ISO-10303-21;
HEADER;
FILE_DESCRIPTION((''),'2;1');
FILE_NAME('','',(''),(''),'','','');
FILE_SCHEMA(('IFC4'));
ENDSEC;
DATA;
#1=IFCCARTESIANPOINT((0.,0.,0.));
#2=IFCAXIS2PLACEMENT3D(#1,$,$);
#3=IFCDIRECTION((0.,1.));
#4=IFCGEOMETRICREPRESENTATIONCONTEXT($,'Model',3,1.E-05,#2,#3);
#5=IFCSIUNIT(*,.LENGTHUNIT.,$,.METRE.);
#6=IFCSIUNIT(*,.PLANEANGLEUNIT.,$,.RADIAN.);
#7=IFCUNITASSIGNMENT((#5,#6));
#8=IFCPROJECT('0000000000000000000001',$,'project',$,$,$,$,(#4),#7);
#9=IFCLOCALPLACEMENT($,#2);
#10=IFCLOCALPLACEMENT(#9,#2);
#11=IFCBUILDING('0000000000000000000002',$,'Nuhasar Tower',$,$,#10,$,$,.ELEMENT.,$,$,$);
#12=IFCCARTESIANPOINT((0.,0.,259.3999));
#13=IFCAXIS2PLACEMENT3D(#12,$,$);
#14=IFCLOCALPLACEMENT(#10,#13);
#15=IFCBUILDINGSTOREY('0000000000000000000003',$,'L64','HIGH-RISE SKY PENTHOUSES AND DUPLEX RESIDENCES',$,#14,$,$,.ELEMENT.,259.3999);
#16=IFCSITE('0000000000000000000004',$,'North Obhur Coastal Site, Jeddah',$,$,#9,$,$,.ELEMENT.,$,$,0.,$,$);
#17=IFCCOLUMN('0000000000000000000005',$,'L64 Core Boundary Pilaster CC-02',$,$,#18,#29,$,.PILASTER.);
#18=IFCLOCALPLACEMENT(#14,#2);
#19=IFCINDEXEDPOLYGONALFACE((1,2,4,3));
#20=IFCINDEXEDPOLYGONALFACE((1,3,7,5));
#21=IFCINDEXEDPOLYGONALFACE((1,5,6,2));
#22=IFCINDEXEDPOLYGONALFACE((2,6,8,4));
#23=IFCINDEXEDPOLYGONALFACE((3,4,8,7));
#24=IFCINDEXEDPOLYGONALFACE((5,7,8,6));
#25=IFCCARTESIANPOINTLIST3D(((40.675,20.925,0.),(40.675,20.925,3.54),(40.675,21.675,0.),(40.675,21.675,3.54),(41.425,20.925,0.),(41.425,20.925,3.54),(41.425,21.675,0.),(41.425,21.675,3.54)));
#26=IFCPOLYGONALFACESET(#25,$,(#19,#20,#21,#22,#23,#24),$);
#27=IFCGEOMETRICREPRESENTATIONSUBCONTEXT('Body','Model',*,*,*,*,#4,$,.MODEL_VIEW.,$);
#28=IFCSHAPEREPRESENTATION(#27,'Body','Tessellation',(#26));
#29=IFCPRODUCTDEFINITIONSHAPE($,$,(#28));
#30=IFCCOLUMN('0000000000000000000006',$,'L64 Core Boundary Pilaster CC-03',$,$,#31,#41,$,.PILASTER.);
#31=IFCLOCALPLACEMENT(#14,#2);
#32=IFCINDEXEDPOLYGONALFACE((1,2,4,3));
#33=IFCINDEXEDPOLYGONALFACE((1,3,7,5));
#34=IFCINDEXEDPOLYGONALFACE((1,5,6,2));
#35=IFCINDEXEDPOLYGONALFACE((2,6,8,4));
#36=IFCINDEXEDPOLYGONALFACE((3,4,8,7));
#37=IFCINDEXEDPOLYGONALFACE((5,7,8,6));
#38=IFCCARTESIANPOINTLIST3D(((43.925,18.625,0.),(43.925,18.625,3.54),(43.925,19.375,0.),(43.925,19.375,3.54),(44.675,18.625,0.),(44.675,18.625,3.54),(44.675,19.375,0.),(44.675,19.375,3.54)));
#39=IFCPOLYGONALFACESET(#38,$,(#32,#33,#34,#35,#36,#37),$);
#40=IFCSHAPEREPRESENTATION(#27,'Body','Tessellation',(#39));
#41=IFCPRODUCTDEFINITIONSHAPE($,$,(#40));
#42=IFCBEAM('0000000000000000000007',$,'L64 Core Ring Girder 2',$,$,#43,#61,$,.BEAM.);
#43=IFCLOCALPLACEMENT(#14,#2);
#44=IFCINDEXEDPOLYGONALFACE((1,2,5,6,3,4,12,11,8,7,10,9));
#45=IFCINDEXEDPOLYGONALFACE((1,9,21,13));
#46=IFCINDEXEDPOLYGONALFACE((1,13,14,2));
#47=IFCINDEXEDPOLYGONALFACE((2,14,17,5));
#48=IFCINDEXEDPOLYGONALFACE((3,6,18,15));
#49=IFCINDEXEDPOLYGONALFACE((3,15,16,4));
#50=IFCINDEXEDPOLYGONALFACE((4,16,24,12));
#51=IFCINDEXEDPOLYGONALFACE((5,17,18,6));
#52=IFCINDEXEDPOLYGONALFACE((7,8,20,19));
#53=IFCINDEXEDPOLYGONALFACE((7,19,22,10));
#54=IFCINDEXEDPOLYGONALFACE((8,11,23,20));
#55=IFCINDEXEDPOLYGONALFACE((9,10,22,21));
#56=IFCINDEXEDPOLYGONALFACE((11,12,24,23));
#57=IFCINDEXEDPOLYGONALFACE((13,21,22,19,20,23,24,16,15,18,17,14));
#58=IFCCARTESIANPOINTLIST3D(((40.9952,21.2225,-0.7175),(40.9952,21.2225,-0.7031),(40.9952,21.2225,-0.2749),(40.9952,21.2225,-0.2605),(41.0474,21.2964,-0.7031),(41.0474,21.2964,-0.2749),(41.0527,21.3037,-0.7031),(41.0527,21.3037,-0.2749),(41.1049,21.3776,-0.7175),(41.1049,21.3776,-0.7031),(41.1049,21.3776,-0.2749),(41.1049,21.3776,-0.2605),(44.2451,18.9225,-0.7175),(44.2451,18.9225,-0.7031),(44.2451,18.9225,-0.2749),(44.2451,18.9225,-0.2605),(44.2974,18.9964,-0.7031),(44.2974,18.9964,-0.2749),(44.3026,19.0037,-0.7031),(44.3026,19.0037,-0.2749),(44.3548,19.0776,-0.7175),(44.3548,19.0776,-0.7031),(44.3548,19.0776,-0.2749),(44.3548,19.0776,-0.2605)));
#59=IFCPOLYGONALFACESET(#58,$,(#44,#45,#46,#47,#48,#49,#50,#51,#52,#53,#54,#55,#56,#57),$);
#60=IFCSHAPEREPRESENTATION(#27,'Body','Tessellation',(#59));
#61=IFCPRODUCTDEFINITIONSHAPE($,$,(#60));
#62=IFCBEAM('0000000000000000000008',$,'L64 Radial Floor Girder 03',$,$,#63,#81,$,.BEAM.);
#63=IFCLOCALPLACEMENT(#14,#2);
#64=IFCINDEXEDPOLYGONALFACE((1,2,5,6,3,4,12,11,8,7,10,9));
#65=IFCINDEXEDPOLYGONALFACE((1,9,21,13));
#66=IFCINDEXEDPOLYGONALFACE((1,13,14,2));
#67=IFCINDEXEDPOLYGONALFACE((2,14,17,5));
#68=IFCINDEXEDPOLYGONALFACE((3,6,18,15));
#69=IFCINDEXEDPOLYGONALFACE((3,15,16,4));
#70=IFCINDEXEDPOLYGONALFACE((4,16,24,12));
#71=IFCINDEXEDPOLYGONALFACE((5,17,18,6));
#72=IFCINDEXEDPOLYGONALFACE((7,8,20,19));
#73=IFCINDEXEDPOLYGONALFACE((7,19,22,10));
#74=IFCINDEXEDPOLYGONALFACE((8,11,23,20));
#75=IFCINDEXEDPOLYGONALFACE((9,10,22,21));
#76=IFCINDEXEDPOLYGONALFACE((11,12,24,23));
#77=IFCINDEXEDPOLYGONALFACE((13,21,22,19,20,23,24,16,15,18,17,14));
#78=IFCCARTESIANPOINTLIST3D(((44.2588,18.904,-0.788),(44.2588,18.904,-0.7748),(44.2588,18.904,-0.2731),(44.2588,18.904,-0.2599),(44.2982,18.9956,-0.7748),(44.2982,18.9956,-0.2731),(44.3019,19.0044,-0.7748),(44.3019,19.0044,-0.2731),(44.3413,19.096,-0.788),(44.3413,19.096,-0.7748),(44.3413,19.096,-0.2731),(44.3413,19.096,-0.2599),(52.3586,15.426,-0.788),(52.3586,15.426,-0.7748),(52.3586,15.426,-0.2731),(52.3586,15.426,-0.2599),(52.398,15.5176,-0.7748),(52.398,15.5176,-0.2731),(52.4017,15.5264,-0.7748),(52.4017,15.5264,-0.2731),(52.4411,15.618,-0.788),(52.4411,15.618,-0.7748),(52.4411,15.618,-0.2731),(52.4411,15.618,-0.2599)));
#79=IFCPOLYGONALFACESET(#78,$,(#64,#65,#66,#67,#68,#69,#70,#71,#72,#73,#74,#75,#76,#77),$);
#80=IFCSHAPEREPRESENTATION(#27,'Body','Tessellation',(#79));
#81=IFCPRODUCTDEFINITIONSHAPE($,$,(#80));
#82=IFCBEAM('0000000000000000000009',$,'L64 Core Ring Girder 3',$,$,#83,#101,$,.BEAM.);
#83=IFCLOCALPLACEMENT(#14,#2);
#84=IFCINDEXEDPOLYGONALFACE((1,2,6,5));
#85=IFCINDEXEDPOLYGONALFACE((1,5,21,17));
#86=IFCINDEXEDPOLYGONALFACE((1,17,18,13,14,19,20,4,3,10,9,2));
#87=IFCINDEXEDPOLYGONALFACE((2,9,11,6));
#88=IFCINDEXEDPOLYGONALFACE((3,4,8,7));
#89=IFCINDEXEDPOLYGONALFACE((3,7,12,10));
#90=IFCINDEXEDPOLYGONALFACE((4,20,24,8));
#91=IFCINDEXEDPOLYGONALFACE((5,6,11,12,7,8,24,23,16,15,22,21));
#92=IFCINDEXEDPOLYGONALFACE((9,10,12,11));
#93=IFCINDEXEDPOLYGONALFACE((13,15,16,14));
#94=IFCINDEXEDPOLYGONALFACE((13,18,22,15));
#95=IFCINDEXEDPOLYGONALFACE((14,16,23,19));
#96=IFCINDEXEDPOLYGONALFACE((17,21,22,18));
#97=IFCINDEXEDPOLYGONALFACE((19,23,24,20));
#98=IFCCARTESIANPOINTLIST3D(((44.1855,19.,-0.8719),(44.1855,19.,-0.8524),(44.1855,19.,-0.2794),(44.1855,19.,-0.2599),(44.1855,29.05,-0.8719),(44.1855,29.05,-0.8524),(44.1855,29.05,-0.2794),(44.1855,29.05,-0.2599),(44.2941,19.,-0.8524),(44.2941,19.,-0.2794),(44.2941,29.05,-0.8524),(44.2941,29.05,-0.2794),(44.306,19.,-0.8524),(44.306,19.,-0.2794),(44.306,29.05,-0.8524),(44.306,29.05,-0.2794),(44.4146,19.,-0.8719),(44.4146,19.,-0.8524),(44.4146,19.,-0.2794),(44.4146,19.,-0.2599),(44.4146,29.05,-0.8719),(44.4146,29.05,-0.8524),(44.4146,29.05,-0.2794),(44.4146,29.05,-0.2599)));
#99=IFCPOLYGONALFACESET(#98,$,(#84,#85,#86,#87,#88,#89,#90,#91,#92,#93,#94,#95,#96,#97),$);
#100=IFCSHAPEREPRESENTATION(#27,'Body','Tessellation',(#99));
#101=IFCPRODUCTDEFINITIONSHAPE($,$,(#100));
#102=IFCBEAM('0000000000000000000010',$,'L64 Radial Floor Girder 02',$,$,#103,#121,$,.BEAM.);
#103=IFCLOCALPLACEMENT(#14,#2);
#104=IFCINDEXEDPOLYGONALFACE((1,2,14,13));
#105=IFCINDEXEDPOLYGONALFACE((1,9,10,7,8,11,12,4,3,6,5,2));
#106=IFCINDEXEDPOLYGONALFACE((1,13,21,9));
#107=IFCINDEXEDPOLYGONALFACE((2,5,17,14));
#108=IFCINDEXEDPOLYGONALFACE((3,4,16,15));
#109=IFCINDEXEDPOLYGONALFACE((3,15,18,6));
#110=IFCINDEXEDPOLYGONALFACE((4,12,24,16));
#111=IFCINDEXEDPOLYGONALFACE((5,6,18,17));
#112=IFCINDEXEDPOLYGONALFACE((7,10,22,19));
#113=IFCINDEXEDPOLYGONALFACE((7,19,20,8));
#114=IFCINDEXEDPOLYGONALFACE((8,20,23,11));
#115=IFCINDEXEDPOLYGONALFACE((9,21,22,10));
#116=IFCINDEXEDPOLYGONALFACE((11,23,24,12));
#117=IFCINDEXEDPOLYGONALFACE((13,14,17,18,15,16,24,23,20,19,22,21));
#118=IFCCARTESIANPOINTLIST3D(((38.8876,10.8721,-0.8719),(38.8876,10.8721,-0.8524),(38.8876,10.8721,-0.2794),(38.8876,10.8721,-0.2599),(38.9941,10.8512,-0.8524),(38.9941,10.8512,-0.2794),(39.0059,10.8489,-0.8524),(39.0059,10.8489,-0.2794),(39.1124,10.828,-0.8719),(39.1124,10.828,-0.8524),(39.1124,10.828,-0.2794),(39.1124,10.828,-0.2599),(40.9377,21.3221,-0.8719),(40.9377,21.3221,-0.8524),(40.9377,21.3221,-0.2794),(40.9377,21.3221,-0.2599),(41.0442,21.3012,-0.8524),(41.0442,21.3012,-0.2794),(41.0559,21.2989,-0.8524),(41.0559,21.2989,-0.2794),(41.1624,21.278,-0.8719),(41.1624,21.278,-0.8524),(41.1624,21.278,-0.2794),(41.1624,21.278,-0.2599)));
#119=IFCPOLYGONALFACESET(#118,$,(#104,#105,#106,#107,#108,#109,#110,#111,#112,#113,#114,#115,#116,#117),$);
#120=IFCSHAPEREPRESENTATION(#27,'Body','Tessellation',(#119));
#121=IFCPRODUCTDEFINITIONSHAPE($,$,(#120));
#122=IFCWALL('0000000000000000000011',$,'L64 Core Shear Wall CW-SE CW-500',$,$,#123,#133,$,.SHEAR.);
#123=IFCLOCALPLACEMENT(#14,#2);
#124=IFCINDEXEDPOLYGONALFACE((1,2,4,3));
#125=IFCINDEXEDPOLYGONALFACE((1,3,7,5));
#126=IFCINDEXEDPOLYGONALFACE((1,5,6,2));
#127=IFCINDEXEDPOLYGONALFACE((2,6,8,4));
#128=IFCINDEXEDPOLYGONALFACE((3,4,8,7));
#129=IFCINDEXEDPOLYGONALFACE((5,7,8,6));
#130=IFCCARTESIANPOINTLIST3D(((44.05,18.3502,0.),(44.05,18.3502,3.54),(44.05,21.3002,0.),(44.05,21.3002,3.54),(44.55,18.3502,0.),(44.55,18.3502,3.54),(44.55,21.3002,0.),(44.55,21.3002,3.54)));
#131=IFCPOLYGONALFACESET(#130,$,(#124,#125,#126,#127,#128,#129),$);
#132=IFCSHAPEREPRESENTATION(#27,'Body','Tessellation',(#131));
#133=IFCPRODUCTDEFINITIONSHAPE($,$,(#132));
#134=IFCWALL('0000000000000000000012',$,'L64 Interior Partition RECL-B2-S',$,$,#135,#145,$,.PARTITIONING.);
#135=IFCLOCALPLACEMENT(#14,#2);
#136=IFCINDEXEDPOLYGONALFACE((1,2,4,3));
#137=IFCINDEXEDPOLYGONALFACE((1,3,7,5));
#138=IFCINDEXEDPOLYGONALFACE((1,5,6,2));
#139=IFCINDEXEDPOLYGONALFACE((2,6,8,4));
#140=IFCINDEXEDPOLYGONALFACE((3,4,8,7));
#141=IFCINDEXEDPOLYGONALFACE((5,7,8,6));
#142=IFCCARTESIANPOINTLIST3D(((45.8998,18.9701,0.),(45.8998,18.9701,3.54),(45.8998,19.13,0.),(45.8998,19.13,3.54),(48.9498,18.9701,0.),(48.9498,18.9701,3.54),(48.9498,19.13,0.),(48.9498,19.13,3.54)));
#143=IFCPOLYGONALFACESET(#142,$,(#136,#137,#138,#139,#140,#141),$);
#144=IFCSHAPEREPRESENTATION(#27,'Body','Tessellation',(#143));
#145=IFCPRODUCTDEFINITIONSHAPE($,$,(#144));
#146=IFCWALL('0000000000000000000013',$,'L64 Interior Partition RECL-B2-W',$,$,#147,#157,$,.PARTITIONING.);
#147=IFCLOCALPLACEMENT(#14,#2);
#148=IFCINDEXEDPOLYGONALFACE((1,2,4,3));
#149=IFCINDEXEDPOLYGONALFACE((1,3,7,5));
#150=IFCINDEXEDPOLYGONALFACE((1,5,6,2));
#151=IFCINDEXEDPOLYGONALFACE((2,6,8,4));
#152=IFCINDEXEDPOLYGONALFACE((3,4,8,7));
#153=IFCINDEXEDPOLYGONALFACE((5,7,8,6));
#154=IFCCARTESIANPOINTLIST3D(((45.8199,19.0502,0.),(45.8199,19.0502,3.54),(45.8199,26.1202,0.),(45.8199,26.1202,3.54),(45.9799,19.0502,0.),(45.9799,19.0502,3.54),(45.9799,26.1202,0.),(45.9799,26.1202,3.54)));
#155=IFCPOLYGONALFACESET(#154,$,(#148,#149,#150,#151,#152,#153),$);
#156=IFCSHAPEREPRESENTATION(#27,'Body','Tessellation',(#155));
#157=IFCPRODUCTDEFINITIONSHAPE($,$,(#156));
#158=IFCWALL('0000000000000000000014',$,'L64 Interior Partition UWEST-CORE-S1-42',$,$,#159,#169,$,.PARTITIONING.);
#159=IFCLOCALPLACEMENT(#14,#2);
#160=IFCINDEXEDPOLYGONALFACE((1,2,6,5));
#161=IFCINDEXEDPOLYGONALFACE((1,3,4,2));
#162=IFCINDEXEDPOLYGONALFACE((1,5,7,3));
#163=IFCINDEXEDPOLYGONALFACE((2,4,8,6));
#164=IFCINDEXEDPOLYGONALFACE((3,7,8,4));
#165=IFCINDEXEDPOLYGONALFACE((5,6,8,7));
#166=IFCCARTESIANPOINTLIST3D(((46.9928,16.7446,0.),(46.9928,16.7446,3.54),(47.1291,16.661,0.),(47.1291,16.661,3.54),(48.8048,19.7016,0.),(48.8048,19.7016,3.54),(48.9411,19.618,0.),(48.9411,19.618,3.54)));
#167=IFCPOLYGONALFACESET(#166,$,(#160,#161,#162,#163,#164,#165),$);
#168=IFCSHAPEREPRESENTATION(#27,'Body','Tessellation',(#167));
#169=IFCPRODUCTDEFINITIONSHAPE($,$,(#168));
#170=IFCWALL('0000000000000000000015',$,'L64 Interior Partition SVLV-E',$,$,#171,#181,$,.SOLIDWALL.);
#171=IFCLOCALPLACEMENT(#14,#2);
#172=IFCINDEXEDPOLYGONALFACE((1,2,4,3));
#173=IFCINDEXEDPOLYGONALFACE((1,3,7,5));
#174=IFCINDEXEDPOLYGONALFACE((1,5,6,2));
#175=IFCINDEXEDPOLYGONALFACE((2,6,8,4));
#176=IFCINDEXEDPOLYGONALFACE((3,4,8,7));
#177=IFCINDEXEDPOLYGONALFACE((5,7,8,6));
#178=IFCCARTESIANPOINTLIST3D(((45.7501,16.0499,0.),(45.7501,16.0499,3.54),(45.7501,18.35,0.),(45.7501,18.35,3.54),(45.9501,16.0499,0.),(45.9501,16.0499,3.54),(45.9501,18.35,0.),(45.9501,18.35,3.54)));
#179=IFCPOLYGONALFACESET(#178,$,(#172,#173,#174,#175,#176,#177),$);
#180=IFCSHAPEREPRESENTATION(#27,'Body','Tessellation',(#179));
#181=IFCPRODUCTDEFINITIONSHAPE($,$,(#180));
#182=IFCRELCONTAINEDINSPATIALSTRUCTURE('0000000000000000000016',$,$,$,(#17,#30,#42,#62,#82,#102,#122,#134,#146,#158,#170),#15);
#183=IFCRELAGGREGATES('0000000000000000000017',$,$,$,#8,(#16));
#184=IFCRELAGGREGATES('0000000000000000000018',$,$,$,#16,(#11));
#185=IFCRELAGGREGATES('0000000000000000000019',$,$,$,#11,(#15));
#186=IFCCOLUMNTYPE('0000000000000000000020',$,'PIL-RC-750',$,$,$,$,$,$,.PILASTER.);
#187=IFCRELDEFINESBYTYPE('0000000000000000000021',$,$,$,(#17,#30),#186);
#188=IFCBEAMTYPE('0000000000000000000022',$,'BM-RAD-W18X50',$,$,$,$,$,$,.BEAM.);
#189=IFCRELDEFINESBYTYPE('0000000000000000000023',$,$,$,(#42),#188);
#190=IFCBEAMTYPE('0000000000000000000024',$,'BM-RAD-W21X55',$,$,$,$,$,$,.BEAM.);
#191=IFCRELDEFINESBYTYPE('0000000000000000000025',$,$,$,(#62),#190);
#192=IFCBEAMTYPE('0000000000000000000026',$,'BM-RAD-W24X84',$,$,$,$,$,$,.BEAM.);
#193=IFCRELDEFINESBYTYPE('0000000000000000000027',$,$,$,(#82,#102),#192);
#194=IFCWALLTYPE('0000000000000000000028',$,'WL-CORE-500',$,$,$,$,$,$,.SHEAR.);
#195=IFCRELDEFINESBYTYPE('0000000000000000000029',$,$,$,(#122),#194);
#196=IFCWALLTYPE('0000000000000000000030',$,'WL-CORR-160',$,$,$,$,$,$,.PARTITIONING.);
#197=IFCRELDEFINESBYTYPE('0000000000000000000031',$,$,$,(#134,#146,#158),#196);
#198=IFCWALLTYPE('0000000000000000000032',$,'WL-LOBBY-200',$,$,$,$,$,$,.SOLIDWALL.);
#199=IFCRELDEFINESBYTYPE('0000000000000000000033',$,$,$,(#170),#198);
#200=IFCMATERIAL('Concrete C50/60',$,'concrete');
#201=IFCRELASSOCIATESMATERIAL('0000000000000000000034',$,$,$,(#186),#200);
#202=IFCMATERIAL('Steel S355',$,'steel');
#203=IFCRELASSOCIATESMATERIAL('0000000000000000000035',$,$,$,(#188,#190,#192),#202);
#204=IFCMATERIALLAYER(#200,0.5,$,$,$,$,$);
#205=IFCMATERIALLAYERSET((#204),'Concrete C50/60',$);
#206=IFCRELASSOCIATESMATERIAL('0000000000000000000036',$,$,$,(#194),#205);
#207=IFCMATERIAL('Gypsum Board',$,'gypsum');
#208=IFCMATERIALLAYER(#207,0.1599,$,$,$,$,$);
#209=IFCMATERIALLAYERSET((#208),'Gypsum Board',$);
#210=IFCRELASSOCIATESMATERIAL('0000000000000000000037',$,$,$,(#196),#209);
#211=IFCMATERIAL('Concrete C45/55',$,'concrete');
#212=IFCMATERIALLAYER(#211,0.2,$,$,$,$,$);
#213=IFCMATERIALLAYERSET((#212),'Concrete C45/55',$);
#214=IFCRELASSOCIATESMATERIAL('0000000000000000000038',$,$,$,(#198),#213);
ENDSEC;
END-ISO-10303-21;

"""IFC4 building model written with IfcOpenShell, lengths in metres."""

from ifc_helpers import new_model, si_unit, direction, frame, frame_2d, origin, origin_2d, place, context, subcontext, project, spatial, rectangle, i_section, extrude, material, layer, layer_set, material_profile, profile_set, type_object, element, save


model = new_model("IFC4")

# Units and contexts
model_context = context("Model", 3, precision=1e-05, world=origin(), true_north=direction((0.0, 1.0)))
body_context = subcontext(model_context, "Body", "Model", "MODEL_VIEW")
ifc_project = project(units=[si_unit("LENGTHUNIT", "METRE"), si_unit("PLANEANGLEUNIT", "RADIAN")], contexts=[model_context])

# Site, building, storey
site_placement = place(None, origin())
site = spatial("IfcSite", under=ifc_project, at=site_placement, Name="North Obhur Coastal Site, Jeddah", CompositionType="ELEMENT", RefElevation=0.0)
building_placement = place(site_placement, origin())
building = spatial("IfcBuilding", under=site, at=building_placement, Name="Nuhasar Tower", CompositionType="ELEMENT")
storey_placement = place(building_placement, frame((0.0, 0.0, 259.3999)))
storey = spatial("IfcBuildingStorey", under=building, at=storey_placement, Name="L64", Description="HIGH-RISE SKY PENTHOUSES AND DUPLEX RESIDENCES", CompositionType="ELEMENT", Elevation=259.3999)

# Columns
ifc_material_1 = material(Name="Concrete C50/60", Category="concrete")
ifc_material_profile_1 = material_profile(ifc_material_1, rectangle(XDim=0.75, YDim=0.75, at=origin_2d()), Name="RC750X750")
ifc_profile_set_1 = profile_set([ifc_material_profile_1], Name="Concrete C50/60")
column_type = type_object("IfcColumnType", Name="PIL-RC-750", PredefinedType="PILASTER", material=ifc_profile_set_1)
for number, where, z_axis, x_axis, name in (
    (1, (41.05, 21.3, 0.0), (0.0, 0.0, 1.0), (1.0, 0.0, 0.0), "L64 Core Boundary Pilaster CC-02"),
    (2, (44.3, 19.0, 0.0), (0.0, 0.0, 1.0), (1.0, 0.0, 0.0), "L64 Core Boundary Pilaster CC-03"),
):
    element("IfcColumn", number, at=place(storey_placement, frame(where, z_axis=z_axis, x_axis=x_axis)), inside=storey, type_object=column_type, Name=name, PredefinedType="PILASTER", context=body_context, shape_type="SweptSolid", body=[
        extrude(rectangle(XDim=0.75, YDim=0.75, at=origin_2d()), origin(), (0.0, 0.0, 1.0), 3.54),
    ])

# Beams
ifc_material_2 = material(Name="Steel S355", Category="steel")
ifc_material_profile_2 = material_profile(ifc_material_2, i_section(OverallWidth=0.1899, OverallDepth=0.457, WebThickness=0.009, FlangeThickness=0.0144, at=origin_2d()), Name="W18X50")
ifc_profile_set_2 = profile_set([ifc_material_profile_2], Name="Steel S355")
beam_type_1 = type_object("IfcBeamType", Name="BM-RAD-W18X50", PredefinedType="BEAM", material=ifc_profile_set_2)
beam_1_placement = place(storey_placement, frame((41.05, 21.3, -0.489), z_axis=(0.816265, -0.577677, 0.0), x_axis=(0.577677, 0.816265, 0.0)))
element("IfcBeam", 3, at=beam_1_placement, inside=storey, type_object=beam_type_1, Name="L64 Core Ring Girder 2", PredefinedType="BEAM", context=body_context, shape_type="SweptSolid", body=[
    extrude(i_section(OverallWidth=0.1899, OverallDepth=0.457, WebThickness=0.009, FlangeThickness=0.0144, at=origin_2d()), origin(), (0.0, 0.0, 1.0), 3.9814),
])
ifc_material_profile_3 = material_profile(ifc_material_2, i_section(OverallWidth=0.209, OverallDepth=0.5281, WebThickness=0.0095, FlangeThickness=0.0132, at=origin_2d()), Name="W21X55")
ifc_profile_set_3 = profile_set([ifc_material_profile_3], Name="Steel S355")
beam_type_2 = type_object("IfcBeamType", Name="BM-RAD-W21X55", PredefinedType="BEAM", material=ifc_profile_set_3)
beam_2_placement = place(storey_placement, frame((44.3, 19.0, -0.5239), z_axis=(0.918871, -0.394558, 0.0), x_axis=(0.394558, 0.918871, 0.0)))
element("IfcBeam", 4, at=beam_2_placement, inside=storey, type_object=beam_type_2, Name="L64 Radial Floor Girder 03", PredefinedType="BEAM", context=body_context, shape_type="SweptSolid", body=[
    extrude(i_section(OverallWidth=0.209, OverallDepth=0.5281, WebThickness=0.0095, FlangeThickness=0.0132, at=origin_2d()), origin(), (0.0, 0.0, 1.0), 8.8149),
])
ifc_material_profile_4 = material_profile(ifc_material_2, i_section(OverallWidth=0.229, OverallDepth=0.6121, WebThickness=0.012, FlangeThickness=0.0195, at=origin_2d()), Name="W24X84")
ifc_profile_set_4 = profile_set([ifc_material_profile_4], Name="Steel S355")
beam_type_3 = type_object("IfcBeamType", Name="BM-RAD-W24X84", PredefinedType="BEAM", material=ifc_profile_set_4)
beam_3_placement = place(storey_placement, frame((44.3, 19.0, -0.5659), z_axis=(0.0, 1.0, 0.0), x_axis=(-1.0, 0.0, 0.0)))
element("IfcBeam", 5, at=beam_3_placement, inside=storey, type_object=beam_type_3, Name="L64 Core Ring Girder 3", PredefinedType="BEAM", context=body_context, shape_type="SweptSolid", body=[
    extrude(i_section(OverallWidth=0.229, OverallDepth=0.6121, WebThickness=0.012, FlangeThickness=0.0195, at=origin_2d()), origin(), (0.0, 0.0, 1.0), 10.05),
])
beam_4_placement = place(storey_placement, frame((41.05, 21.3, -0.5659), z_axis=(-0.192508, -0.981295, 0.0), x_axis=(0.981295, -0.192508, 0.0)))
element("IfcBeam", 6, at=beam_4_placement, inside=storey, type_object=beam_type_3, Name="L64 Radial Floor Girder 02", PredefinedType="BEAM", context=body_context, shape_type="SweptSolid", body=[
    extrude(i_section(OverallWidth=0.229, OverallDepth=0.6121, WebThickness=0.012, FlangeThickness=0.0195, at=origin_2d()), origin(), (0.0, 0.0, 1.0), 10.6492),
])

# Walls
ifc_layer_1 = layer(ifc_material_1, 0.5)
ifc_layer_set_1 = layer_set([ifc_layer_1], Name="Concrete C50/60")
wall_type_1 = type_object("IfcWallType", Name="WL-CORE-500", PredefinedType="SHEAR", material=ifc_layer_set_1)
wall_1_placement = place(storey_placement, frame((44.3, 18.3501, 0.0), z_axis=(0.0, 0.0, 1.0), x_axis=(0.0, 1.0, 0.0)))
element("IfcWall", 7, at=wall_1_placement, inside=storey, type_object=wall_type_1, Name="L64 Core Shear Wall CW-SE CW-500", PredefinedType="SHEAR", context=body_context, shape_type="SweptSolid", body=[
    extrude(rectangle(XDim=2.95, YDim=0.5, at=frame_2d((1.4751, 0.0))), origin(), (0.0, 0.0, 1.0), 3.54),
])
ifc_material_3 = material(Name="Gypsum Board", Category="gypsum")
ifc_layer_2 = layer(ifc_material_3, 0.1599)
ifc_layer_set_2 = layer_set([ifc_layer_2], Name="Gypsum Board")
wall_type_2 = type_object("IfcWallType", Name="WL-CORR-160", PredefinedType="PARTITIONING", material=ifc_layer_set_2)
wall_2_placement = place(storey_placement, frame((45.8999, 19.05, 0.0), z_axis=(0.0, 0.0, 1.0), x_axis=(1.0, 0.0, 0.0)))
element("IfcWall", 8, at=wall_2_placement, inside=storey, type_object=wall_type_2, Name="L64 Interior Partition RECL-B2-S", PredefinedType="PARTITIONING", context=body_context, shape_type="SweptSolid", body=[
    extrude(rectangle(XDim=3.05, YDim=0.1599, at=frame_2d((1.5249, 0.0))), origin(), (0.0, 0.0, 1.0), 3.54),
])
wall_3_placement = place(storey_placement, frame((45.8999, 19.05, 0.0), z_axis=(0.0, 0.0, 1.0), x_axis=(0.0, 1.0, 0.0)))
element("IfcWall", 9, at=wall_3_placement, inside=storey, type_object=wall_type_2, Name="L64 Interior Partition RECL-B2-W", PredefinedType="PARTITIONING", context=body_context, shape_type="SweptSolid", body=[
    extrude(rectangle(XDim=7.0701, YDim=0.1599, at=frame_2d((3.5352, 0.0))), origin(), (0.0, 0.0, 1.0), 3.54),
])
wall_4_placement = place(storey_placement, frame((47.061, 16.7029, 0.0), z_axis=(0.0, 0.0, 1.0), x_axis=(0.522486, 0.852648, 0.0)))
element("IfcWall", 10, at=wall_4_placement, inside=storey, type_object=wall_type_2, Name="L64 Interior Partition UWEST-CORE-S1-42", PredefinedType="PARTITIONING", context=body_context, shape_type="SweptSolid", body=[
    extrude(rectangle(XDim=3.468, YDim=0.1599, at=frame_2d((1.7339, 0.0))), origin(), (0.0, 0.0, 1.0), 3.54),
])

# Shared definitions
ifc_material_4 = material(Name="Concrete C45/55", Category="concrete")
ifc_layer_3 = layer(ifc_material_4, 0.2)
ifc_layer_set_3 = layer_set([ifc_layer_3], Name="Concrete C45/55")
wall_type_3 = type_object("IfcWallType", Name="WL-LOBBY-200", PredefinedType="SOLIDWALL", material=ifc_layer_set_3)

# Wall
wall_5_placement = place(storey_placement, frame((45.8501, 16.05, 0.0), z_axis=(0.0, 0.0, 1.0), x_axis=(0.0, 1.0, 0.0)))
element("IfcWall", 11, at=wall_5_placement, inside=storey, type_object=wall_type_3, Name="L64 Interior Partition SVLV-E", PredefinedType="SOLIDWALL", context=body_context, shape_type="SweptSolid", body=[
    extrude(rectangle(XDim=2.3, YDim=0.2, at=frame_2d((1.1499, 0.0))), origin(), (0.0, 0.0, 1.0), 3.54),
])

save(model, "model.ifc")
